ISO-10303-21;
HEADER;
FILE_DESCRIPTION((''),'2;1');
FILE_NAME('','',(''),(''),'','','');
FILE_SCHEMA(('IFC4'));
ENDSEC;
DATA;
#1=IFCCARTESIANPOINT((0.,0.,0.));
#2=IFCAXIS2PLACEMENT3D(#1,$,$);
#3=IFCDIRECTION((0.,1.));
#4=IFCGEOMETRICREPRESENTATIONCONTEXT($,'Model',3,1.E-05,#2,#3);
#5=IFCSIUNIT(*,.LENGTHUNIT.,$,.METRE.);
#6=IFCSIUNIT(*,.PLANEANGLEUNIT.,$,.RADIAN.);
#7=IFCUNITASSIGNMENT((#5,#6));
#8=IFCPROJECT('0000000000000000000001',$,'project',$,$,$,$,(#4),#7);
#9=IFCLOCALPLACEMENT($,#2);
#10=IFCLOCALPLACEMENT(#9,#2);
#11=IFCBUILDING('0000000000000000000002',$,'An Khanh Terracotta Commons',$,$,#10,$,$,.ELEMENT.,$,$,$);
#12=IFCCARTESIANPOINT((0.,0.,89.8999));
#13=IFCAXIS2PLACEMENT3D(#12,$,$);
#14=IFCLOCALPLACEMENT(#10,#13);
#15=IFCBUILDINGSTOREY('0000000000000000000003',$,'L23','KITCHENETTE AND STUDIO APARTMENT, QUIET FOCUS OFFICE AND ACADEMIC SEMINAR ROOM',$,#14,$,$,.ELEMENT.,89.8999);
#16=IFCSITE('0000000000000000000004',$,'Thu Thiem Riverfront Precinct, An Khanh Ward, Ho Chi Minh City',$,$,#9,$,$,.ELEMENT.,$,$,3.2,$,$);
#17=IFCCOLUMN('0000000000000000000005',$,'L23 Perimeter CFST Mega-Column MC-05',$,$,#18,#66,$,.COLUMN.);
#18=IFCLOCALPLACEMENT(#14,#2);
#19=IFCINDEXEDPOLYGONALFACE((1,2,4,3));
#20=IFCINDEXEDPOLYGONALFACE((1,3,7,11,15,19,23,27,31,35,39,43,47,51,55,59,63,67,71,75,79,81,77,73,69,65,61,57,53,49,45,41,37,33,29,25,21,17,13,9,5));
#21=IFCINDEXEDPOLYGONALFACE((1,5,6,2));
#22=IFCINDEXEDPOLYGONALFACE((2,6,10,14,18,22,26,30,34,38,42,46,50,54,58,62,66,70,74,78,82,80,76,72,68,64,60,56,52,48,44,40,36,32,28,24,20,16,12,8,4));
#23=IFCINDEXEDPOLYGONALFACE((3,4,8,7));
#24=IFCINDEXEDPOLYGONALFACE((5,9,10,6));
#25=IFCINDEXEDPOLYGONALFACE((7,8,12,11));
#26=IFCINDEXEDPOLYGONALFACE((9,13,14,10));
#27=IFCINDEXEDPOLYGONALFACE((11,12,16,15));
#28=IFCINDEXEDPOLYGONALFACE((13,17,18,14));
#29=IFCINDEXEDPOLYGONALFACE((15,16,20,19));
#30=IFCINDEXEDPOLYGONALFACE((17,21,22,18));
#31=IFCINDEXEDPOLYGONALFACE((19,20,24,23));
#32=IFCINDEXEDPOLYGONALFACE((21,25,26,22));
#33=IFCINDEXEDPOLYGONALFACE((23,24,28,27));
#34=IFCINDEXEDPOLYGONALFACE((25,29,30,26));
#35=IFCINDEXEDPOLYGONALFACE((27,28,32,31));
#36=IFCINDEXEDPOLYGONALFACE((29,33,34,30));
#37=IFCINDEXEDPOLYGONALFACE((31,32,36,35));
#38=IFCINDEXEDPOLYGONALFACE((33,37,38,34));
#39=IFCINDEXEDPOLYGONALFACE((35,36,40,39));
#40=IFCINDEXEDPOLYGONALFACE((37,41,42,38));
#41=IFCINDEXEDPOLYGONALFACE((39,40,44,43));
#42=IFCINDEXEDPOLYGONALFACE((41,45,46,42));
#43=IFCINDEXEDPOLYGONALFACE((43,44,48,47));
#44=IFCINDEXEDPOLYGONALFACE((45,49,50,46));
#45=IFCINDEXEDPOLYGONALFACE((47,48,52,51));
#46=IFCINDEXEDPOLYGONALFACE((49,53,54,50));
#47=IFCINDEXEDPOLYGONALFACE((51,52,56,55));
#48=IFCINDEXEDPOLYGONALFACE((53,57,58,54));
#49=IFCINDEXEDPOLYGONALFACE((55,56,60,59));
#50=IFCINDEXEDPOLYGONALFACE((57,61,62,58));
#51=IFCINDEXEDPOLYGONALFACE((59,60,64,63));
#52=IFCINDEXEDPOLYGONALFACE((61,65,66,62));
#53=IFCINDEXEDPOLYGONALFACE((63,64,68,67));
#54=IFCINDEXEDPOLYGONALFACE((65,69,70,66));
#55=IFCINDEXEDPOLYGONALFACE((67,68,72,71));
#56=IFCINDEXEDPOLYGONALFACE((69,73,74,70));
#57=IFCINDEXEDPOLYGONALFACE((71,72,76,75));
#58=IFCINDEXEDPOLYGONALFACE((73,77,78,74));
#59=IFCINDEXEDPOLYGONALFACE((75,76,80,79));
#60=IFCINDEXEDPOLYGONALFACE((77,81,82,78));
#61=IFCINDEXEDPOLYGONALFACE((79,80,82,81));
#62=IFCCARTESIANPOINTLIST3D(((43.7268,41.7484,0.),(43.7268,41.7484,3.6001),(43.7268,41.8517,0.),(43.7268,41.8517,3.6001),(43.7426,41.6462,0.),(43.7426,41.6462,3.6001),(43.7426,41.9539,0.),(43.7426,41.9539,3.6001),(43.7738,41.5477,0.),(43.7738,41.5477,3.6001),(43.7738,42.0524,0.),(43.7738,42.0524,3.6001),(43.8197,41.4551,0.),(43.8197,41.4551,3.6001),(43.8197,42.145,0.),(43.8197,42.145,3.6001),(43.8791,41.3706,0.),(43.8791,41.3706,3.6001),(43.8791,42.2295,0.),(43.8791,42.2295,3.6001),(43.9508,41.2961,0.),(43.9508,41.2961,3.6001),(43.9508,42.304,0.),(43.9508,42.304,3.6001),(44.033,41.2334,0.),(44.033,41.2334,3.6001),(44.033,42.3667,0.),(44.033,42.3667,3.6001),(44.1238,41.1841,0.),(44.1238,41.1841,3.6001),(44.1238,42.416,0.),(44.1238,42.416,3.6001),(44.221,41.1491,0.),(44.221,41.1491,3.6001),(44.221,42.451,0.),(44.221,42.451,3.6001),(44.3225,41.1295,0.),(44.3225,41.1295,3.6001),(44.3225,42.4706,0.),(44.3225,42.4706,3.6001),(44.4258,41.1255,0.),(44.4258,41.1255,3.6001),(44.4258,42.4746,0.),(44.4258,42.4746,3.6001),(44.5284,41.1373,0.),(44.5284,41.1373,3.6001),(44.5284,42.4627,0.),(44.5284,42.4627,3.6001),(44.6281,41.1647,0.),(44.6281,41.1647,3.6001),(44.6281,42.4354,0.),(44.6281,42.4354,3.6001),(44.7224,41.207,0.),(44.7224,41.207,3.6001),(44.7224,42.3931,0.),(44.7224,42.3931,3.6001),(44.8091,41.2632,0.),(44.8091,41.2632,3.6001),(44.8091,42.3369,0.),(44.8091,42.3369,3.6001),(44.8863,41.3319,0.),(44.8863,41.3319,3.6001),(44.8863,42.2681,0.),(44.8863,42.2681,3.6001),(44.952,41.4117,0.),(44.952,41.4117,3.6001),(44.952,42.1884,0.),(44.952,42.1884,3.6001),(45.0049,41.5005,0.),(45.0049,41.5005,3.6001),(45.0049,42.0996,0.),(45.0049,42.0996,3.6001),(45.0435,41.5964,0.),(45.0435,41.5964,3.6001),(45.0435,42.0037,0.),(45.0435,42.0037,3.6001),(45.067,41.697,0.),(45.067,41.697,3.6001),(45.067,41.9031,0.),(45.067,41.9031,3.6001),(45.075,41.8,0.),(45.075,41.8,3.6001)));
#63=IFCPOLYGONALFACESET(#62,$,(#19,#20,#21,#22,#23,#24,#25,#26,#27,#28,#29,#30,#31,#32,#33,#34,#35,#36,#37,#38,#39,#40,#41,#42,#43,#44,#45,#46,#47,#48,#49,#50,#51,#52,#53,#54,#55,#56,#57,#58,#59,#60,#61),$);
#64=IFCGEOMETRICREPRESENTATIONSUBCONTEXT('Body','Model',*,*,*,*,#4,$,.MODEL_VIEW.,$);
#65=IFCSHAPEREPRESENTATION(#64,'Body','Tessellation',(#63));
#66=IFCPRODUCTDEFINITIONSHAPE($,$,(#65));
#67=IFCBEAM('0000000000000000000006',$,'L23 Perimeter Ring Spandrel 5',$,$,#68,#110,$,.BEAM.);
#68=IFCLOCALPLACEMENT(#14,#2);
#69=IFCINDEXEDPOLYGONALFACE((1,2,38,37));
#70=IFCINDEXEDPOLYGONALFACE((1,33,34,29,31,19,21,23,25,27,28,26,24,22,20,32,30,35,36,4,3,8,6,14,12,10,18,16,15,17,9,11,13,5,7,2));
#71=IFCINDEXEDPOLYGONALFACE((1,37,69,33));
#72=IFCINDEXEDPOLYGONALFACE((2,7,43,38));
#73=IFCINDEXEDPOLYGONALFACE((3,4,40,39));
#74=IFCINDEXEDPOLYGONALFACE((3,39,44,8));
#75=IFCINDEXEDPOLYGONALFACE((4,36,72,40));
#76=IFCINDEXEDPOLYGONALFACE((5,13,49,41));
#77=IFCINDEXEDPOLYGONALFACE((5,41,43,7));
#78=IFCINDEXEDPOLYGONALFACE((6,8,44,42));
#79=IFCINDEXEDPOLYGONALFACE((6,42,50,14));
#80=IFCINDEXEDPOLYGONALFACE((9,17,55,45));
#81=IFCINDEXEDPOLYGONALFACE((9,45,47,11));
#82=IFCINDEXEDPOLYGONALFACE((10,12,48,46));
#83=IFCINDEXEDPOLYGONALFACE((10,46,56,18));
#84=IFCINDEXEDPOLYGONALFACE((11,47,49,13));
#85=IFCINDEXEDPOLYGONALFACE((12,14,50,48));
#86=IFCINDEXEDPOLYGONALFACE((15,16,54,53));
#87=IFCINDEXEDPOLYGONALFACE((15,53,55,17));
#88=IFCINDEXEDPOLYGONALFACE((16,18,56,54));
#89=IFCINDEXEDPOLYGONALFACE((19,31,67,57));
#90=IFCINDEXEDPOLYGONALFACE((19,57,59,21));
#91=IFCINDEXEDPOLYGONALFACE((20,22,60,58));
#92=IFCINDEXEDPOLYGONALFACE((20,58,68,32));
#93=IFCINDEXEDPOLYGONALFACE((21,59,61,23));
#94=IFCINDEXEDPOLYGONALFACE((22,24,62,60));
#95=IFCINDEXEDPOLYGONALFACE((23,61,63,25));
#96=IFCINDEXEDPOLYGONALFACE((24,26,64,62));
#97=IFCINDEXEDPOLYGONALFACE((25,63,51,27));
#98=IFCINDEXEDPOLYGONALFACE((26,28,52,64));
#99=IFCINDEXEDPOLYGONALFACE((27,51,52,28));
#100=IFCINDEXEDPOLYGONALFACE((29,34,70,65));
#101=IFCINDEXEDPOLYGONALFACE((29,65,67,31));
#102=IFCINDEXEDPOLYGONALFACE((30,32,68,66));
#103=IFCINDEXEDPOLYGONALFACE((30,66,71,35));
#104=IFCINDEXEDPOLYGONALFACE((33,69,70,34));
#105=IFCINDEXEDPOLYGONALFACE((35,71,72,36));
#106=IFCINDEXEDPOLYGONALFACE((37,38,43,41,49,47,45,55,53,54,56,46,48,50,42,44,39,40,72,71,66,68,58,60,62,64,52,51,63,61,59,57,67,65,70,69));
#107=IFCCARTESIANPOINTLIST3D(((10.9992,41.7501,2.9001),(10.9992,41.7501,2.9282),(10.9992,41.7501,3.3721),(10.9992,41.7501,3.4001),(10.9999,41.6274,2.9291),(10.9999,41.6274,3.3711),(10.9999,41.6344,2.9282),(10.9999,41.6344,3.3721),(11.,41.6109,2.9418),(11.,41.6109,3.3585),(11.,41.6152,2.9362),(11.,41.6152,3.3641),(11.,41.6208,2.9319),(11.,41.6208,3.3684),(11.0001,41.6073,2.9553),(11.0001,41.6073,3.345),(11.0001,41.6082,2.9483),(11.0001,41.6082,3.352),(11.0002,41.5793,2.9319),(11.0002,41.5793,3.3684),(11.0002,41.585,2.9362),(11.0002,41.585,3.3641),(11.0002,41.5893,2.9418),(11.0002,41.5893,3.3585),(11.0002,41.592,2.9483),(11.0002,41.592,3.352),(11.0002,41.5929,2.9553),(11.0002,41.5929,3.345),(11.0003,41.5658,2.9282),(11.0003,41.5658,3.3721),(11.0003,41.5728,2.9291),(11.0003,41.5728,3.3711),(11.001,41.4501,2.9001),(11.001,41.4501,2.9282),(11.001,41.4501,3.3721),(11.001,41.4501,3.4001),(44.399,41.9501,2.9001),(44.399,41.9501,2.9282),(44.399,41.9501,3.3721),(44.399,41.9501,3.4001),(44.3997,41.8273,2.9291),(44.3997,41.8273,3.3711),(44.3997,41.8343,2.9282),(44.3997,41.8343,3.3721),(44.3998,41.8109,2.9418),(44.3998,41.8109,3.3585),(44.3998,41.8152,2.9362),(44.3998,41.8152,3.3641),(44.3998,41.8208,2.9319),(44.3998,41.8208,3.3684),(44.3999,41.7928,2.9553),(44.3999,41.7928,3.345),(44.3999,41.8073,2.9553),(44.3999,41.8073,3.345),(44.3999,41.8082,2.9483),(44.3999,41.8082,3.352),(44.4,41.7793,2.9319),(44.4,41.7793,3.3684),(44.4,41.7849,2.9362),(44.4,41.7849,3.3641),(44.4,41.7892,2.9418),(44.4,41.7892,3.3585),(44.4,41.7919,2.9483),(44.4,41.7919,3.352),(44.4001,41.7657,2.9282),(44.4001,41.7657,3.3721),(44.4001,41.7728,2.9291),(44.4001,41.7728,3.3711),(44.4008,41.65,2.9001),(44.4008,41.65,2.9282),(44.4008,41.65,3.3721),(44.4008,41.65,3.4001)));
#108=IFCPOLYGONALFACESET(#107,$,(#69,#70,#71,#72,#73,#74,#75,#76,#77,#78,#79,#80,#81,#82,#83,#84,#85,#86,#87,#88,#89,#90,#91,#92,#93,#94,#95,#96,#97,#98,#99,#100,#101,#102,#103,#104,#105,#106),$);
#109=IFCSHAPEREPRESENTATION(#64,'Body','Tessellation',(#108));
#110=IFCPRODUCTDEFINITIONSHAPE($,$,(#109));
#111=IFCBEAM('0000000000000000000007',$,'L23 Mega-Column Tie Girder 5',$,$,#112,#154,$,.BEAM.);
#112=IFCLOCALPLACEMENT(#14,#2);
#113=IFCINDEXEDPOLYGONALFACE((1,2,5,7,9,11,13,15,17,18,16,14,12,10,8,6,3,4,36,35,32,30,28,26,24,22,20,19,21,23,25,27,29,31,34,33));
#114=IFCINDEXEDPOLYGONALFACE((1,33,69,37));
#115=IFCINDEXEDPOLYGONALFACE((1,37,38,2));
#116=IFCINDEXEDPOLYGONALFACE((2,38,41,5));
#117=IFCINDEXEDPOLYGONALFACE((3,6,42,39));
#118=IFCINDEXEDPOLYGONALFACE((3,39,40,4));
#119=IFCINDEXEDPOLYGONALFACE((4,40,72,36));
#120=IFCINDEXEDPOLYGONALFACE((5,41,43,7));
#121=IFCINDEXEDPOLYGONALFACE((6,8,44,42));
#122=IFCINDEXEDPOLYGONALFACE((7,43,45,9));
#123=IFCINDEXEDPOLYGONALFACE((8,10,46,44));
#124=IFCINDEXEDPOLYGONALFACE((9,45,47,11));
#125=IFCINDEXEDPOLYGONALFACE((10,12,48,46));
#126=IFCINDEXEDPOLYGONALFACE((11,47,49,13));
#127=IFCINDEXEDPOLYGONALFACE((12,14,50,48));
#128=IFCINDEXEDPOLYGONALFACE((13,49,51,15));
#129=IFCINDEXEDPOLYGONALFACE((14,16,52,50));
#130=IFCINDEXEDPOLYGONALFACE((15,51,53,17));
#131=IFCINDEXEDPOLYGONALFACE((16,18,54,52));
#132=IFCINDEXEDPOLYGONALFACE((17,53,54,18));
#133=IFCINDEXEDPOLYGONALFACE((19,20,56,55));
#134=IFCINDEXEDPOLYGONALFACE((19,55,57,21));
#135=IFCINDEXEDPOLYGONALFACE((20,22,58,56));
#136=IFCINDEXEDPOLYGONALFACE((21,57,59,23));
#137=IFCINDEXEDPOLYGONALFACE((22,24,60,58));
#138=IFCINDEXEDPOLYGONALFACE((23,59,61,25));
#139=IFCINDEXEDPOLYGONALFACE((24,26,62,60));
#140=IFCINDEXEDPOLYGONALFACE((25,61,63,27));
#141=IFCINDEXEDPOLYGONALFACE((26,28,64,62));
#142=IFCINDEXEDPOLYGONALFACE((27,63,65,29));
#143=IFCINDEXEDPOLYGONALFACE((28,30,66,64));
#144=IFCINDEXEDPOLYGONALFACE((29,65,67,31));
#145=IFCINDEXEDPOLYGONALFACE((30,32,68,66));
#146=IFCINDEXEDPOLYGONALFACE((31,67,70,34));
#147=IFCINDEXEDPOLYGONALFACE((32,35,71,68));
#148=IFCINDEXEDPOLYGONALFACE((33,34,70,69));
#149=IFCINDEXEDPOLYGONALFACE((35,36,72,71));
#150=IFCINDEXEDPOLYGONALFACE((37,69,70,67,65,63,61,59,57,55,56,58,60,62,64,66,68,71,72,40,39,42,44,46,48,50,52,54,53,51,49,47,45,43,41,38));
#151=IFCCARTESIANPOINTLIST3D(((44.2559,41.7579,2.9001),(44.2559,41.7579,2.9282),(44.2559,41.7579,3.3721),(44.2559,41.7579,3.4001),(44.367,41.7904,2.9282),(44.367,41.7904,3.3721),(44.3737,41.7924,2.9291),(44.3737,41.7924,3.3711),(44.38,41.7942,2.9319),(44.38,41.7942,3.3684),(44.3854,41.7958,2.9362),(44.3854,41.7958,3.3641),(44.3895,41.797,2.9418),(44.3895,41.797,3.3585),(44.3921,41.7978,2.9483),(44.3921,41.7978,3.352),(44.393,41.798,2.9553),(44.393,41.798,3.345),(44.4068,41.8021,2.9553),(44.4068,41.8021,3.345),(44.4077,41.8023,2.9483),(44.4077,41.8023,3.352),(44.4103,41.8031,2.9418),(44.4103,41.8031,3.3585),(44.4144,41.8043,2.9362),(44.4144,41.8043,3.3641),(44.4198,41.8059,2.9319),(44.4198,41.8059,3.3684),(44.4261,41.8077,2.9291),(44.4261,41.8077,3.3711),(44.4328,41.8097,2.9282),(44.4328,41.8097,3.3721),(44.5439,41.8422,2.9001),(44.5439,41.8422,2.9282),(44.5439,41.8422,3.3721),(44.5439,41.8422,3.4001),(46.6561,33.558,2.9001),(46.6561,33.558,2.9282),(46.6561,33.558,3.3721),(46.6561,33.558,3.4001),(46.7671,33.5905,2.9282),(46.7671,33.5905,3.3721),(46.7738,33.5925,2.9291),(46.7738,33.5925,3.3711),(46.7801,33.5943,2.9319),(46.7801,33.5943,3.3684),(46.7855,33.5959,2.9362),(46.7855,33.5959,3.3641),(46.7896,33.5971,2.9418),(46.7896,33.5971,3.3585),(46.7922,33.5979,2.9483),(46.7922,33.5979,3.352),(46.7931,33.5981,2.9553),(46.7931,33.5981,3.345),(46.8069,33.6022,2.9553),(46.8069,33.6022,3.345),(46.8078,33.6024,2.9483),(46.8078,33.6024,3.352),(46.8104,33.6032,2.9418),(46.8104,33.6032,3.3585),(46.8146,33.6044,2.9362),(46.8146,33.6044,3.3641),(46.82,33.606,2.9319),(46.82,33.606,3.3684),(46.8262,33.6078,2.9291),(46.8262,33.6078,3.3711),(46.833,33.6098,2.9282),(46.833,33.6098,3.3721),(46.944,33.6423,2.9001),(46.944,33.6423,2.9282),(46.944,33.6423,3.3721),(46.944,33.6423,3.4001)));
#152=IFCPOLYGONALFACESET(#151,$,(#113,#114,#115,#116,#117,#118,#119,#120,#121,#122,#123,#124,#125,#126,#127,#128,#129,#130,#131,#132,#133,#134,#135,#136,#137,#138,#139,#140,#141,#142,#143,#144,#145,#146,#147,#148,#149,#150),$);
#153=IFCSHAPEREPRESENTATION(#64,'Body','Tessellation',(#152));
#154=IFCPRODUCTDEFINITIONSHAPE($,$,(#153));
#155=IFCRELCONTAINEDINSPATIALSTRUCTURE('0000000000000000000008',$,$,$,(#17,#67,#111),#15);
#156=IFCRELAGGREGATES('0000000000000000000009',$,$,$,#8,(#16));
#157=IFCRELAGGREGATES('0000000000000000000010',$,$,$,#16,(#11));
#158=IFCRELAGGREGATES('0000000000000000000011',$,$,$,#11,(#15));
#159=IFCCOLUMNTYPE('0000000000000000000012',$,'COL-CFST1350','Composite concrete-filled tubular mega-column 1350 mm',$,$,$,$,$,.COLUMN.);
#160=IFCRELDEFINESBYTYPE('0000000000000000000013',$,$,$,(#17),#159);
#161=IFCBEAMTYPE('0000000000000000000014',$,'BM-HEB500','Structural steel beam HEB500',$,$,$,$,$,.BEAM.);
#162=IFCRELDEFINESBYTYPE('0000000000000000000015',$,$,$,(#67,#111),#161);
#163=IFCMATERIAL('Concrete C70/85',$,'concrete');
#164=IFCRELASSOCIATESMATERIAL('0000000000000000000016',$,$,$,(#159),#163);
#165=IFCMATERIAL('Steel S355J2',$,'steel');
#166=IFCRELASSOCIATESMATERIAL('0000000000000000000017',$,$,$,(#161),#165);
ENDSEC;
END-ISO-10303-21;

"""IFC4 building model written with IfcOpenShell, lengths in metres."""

from ifc_helpers import new_model, si_unit, direction, frame, origin, origin_2d, place, context, subcontext, project, spatial, circle, i_section, extrude, material, material_profile, profile_set, type_object, element, save


model = new_model("IFC4")

# Units and contexts
model_context = context("Model", 3, precision=1e-05, world=origin(), true_north=direction((0.0, 1.0)))
body_context = subcontext(model_context, "Body", "Model", "MODEL_VIEW")
ifc_project = project(units=[si_unit("LENGTHUNIT", "METRE"), si_unit("PLANEANGLEUNIT", "RADIAN")], contexts=[model_context])

# Site, building, storey
site_placement = place(None, origin())
site = spatial("IfcSite", under=ifc_project, at=site_placement, Name="Thu Thiem Riverfront Precinct, An Khanh Ward, Ho Chi Minh City", CompositionType="ELEMENT", RefElevation=3.2)
building_placement = place(site_placement, origin())
building = spatial("IfcBuilding", under=site, at=building_placement, Name="An Khanh Terracotta Commons", CompositionType="ELEMENT")
storey_placement = place(building_placement, frame((0.0, 0.0, 89.8999)))
storey = spatial("IfcBuildingStorey", under=building, at=storey_placement, Name="L23", Description="KITCHENETTE AND STUDIO APARTMENT, QUIET FOCUS OFFICE AND ACADEMIC SEMINAR ROOM", CompositionType="ELEMENT", Elevation=89.8999)

# Column
ifc_material_1 = material(Name="Concrete C70/85", Category="concrete")
ifc_material_profile_1 = material_profile(ifc_material_1, circle(Radius=0.675, at=origin_2d()), Name="CFST1350")
ifc_profile_set_1 = profile_set([ifc_material_profile_1], Name="Concrete C70/85")
column_type = type_object("IfcColumnType", Name="COL-CFST1350", Description="Composite concrete-filled tubular mega-column 1350 mm", PredefinedType="COLUMN", material=ifc_profile_set_1)
column_placement = place(storey_placement, frame((44.3999, 41.8, 0.0), z_axis=(0.0, 0.0, 1.0), x_axis=(1.0, 0.0, 0.0)))
element("IfcColumn", 1, at=column_placement, inside=storey, type_object=column_type, Name="L23 Perimeter CFST Mega-Column MC-05", PredefinedType="COLUMN", context=body_context, shape_type="SweptSolid", body=[
    extrude(circle(Radius=0.675, at=origin_2d()), origin(), (0.0, 0.0, 1.0), 3.6001),
])

# Beams
ifc_material_2 = material(Name="Steel S355J2", Category="steel")
ifc_material_profile_2 = material_profile(ifc_material_2, i_section(OverallWidth=0.3, OverallDepth=0.5, WebThickness=0.0144, FlangeThickness=0.0281, FilletRadius=0.0271, at=origin_2d()), Name="HEB500")
ifc_profile_set_2 = profile_set([ifc_material_profile_2], Name="Steel S355J2")
beam_type = type_object("IfcBeamType", Name="BM-HEB500", Description="Structural steel beam HEB500", PredefinedType="BEAM", material=ifc_profile_set_2)
beam_1_placement = place(storey_placement, frame((44.3999, 41.8, 3.1501), z_axis=(-0.999982, -0.005986, 0.0), x_axis=(0.005986, -0.999982, 0.0)))
element("IfcBeam", 2, at=beam_1_placement, inside=storey, type_object=beam_type, Name="L23 Perimeter Ring Spandrel 5", PredefinedType="BEAM", context=body_context, shape_type="SweptSolid", body=[
    extrude(i_section(OverallWidth=0.3, OverallDepth=0.5, WebThickness=0.0144, FlangeThickness=0.0281, FilletRadius=0.0271, at=origin_2d()), origin(), (0.0, 0.0, 1.0), 33.4004),
])
beam_2_placement = place(storey_placement, frame((44.3999, 41.8, 3.1501), z_axis=(0.280916, -0.959732, 0.0), x_axis=(0.959732, 0.280916, 0.0)))
element("IfcBeam", 3, at=beam_2_placement, inside=storey, type_object=beam_type, Name="L23 Mega-Column Tie Girder 5", PredefinedType="BEAM", context=body_context, shape_type="SweptSolid", body=[
    extrude(i_section(OverallWidth=0.3, OverallDepth=0.5, WebThickness=0.0144, FlangeThickness=0.0281, FilletRadius=0.0271, at=origin_2d()), origin(), (0.0, 0.0, 1.0), 8.5439),
])

save(model, "model.ifc")
